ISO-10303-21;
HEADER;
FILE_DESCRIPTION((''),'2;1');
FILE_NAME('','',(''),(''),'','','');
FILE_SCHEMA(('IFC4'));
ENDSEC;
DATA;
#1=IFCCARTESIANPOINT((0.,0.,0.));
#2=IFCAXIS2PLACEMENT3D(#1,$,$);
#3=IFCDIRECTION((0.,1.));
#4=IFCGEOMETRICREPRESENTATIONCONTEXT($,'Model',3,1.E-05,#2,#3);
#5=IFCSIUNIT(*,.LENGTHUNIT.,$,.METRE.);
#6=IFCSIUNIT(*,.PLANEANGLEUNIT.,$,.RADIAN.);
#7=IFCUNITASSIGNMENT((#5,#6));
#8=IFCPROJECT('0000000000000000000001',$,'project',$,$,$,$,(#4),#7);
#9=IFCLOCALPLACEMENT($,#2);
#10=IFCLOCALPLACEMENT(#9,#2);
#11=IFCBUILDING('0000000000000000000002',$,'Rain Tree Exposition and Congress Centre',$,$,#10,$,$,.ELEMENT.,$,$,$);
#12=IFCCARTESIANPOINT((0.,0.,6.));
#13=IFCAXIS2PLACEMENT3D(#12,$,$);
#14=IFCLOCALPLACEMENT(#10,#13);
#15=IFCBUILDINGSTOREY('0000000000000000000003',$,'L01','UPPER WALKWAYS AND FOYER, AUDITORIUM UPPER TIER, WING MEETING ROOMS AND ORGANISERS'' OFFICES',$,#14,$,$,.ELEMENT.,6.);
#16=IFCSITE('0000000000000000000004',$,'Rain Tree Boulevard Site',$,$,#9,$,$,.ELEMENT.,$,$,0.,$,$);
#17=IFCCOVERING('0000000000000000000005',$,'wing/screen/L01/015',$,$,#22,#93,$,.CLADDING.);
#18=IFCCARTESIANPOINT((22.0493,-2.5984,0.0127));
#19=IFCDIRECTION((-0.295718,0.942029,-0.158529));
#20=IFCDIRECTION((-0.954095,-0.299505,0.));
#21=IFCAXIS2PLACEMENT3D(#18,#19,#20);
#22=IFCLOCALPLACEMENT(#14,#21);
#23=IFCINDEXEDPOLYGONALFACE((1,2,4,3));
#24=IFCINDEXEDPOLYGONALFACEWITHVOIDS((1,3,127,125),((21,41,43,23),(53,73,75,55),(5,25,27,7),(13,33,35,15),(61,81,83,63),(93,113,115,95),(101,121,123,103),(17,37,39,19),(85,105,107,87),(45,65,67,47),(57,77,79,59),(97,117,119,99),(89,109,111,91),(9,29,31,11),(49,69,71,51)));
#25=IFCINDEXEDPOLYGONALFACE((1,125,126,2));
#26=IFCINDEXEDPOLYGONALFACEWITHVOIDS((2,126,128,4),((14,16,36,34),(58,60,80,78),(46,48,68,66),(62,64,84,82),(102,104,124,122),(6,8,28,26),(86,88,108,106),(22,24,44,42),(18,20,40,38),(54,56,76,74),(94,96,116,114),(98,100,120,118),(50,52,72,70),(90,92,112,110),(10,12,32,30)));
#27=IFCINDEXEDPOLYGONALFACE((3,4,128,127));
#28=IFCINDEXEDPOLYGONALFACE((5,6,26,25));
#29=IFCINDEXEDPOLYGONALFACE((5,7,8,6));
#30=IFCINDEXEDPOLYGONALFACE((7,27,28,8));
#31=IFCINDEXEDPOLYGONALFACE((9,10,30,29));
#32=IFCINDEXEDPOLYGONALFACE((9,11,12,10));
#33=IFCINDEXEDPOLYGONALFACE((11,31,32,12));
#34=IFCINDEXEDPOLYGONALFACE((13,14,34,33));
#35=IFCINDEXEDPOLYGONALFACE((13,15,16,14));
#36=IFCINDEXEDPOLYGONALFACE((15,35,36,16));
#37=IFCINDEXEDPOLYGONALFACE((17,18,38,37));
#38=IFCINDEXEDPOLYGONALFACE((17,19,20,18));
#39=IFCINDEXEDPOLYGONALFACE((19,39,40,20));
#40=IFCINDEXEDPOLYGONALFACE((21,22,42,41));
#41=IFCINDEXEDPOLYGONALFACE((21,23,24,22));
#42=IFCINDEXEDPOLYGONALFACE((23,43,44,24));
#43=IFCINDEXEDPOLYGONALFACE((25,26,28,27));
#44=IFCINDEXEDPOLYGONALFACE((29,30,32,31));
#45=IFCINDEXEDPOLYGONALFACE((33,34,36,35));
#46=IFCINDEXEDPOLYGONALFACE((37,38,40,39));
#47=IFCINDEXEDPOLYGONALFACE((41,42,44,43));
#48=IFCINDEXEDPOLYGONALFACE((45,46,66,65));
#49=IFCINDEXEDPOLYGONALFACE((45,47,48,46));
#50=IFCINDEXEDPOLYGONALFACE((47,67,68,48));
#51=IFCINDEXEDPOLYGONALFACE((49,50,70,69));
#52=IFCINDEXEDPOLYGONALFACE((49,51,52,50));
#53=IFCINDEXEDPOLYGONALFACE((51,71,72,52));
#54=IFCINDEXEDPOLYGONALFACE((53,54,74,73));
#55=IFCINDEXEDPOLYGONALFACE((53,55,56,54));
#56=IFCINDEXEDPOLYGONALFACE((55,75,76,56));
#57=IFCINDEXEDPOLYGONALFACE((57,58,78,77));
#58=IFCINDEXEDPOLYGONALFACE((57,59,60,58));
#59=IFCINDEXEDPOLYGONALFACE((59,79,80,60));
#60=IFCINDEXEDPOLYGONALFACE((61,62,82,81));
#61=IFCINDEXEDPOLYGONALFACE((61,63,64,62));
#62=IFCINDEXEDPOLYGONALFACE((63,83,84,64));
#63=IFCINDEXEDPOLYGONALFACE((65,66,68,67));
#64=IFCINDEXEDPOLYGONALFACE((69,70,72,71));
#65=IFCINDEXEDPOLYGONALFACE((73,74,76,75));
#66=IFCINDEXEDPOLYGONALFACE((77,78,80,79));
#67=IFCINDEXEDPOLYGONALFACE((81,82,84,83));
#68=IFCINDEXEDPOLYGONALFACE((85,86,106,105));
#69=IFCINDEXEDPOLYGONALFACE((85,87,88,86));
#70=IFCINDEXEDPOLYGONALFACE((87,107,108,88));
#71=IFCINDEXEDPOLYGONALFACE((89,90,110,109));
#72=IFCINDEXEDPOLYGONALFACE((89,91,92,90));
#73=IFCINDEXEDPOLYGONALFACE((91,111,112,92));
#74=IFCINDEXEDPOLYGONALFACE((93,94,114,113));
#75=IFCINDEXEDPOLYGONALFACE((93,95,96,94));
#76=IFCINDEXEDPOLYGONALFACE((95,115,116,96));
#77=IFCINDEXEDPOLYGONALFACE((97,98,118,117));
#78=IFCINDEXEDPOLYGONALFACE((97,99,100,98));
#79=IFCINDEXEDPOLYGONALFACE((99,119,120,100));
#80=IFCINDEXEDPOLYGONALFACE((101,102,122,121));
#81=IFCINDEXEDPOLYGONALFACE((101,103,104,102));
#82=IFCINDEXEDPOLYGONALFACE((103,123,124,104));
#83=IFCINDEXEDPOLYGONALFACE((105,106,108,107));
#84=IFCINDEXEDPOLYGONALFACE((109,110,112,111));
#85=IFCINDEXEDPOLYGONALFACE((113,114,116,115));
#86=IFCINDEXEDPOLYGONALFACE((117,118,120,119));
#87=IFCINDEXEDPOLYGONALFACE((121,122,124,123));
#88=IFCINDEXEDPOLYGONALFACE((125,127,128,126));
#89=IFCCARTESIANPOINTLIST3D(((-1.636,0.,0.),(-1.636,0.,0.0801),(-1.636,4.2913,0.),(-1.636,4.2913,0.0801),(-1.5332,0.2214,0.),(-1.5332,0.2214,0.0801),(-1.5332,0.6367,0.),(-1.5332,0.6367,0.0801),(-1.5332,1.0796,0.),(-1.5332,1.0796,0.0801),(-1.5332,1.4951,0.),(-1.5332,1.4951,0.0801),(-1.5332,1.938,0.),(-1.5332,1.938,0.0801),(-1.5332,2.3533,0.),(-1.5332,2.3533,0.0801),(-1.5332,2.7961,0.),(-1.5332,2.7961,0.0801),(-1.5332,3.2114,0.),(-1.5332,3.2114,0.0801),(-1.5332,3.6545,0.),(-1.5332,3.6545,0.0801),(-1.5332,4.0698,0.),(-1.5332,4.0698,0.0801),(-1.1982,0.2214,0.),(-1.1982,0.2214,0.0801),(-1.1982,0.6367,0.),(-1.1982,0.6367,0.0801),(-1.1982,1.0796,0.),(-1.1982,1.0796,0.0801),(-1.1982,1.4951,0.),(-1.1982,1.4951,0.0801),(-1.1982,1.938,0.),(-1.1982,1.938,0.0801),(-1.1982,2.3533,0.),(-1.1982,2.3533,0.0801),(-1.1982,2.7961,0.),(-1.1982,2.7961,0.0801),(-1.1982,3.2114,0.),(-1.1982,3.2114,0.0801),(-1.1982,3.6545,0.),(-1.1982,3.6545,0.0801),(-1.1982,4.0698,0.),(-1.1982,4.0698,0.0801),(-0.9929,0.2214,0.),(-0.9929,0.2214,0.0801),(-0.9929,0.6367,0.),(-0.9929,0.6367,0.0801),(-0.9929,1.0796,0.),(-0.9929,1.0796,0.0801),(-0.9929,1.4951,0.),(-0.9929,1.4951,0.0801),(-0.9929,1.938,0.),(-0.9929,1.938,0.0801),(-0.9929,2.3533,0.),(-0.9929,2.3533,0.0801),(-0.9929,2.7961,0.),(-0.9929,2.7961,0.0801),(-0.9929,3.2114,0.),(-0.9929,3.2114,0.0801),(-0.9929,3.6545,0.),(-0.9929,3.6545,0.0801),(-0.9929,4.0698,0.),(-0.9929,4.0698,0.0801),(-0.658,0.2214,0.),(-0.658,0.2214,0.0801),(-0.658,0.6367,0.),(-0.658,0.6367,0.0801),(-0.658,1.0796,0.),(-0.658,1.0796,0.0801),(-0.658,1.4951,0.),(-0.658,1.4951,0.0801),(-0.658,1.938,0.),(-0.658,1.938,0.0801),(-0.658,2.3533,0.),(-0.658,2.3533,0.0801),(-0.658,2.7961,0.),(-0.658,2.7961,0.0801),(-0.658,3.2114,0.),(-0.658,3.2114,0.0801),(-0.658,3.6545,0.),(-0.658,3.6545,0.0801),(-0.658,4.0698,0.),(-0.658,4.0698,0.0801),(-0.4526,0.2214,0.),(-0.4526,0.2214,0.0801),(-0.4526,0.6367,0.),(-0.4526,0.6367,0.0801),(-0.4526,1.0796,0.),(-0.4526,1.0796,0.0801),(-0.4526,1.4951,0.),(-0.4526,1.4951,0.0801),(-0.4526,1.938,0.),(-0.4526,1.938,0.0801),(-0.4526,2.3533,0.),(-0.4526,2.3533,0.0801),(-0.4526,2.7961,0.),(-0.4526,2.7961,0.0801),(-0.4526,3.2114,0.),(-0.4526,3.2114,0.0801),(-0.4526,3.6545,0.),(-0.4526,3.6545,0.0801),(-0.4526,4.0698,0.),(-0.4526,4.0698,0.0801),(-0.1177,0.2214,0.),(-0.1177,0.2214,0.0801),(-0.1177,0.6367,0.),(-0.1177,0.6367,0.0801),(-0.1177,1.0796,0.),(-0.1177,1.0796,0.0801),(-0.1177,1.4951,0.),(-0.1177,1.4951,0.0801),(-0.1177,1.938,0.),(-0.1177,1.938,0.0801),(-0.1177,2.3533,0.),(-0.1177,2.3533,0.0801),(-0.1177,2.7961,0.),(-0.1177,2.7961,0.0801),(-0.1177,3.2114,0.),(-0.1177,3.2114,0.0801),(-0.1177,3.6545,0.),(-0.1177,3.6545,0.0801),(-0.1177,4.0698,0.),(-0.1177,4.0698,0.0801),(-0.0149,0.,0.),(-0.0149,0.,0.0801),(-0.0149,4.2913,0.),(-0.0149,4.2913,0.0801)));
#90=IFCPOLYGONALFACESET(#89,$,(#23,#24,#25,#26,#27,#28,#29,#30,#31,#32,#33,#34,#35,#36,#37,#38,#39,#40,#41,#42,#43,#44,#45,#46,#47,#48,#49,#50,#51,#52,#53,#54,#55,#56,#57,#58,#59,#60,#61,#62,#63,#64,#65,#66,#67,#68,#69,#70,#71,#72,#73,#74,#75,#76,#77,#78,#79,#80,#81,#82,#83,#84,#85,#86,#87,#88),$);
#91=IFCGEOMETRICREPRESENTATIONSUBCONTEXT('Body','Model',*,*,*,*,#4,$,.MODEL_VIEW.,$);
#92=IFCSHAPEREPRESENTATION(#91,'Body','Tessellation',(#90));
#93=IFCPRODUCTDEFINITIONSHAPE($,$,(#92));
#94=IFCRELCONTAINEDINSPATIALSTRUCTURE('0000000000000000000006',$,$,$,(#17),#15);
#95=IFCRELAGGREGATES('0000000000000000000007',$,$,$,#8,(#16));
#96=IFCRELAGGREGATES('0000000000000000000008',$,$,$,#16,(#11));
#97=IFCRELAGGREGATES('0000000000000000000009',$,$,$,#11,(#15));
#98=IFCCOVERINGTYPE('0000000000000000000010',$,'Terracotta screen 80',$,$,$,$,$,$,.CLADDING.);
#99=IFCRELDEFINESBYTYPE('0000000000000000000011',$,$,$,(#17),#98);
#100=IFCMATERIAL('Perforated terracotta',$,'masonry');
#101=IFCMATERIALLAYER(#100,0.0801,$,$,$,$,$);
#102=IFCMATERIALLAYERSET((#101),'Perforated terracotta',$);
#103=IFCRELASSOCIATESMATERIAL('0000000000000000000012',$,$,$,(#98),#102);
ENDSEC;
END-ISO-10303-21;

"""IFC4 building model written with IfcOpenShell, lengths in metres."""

from ifc_helpers import new_model, si_unit, direction, frame, origin, place, context, subcontext, project, spatial, polyline, outline, extrude, material, layer, layer_set, type_object, element, save


model = new_model("IFC4")

# Units and contexts
model_context = context("Model", 3, precision=1e-05, world=origin(), true_north=direction((0.0, 1.0)))
body_context = subcontext(model_context, "Body", "Model", "MODEL_VIEW")
ifc_project = project(units=[si_unit("LENGTHUNIT", "METRE"), si_unit("PLANEANGLEUNIT", "RADIAN")], contexts=[model_context])

# Site, building, storey
site_placement = place(None, origin())
site = spatial("IfcSite", under=ifc_project, at=site_placement, Name="Rain Tree Boulevard Site", CompositionType="ELEMENT", RefElevation=0.0)
building_placement = place(site_placement, origin())
building = spatial("IfcBuilding", under=site, at=building_placement, Name="Rain Tree Exposition and Congress Centre", CompositionType="ELEMENT")
storey_placement = place(building_placement, frame((0.0, 0.0, 6.0)))
storey = spatial("IfcBuildingStorey", under=building, at=storey_placement, Name="L01", Description="UPPER WALKWAYS AND FOYER, AUDITORIUM UPPER TIER, WING MEETING ROOMS AND ORGANISERS' OFFICES", CompositionType="ELEMENT", Elevation=6.0)

# Covering
ifc_material_1 = material(Name="Perforated terracotta", Category="masonry")
ifc_layer_1 = layer(ifc_material_1, 0.0801)
ifc_layer_set_1 = layer_set([ifc_layer_1], Name="Perforated terracotta")
covering_type = type_object("IfcCoveringType", Name="Terracotta screen 80", PredefinedType="CLADDING", material=ifc_layer_set_1)
covering_1_placement = place(storey_placement, frame((22.0493, -2.5984, 0.0127), z_axis=(-0.295718, 0.942029, -0.158529), x_axis=(-0.954095, -0.299505, 0.0)))
element("IfcCovering", 1, at=covering_1_placement, inside=storey, type_object=covering_type, Name="wing/screen/L01/015", PredefinedType="CLADDING", context=body_context, shape_type="SweptSolid", body=[
    extrude(outline(polyline([(-1.636, 0.0), (-1.636, 4.2913), (-0.0149, 4.2913), (-0.0149, 0.0), (-1.636, 0.0)]), holes=[polyline([(-0.1177, 0.2214), (-0.1177, 0.6367), (-0.4526, 0.6367), (-0.4526, 0.2214), (-0.1177, 0.2214)]), polyline([(-0.1177, 1.0796), (-0.1177, 1.4951), (-0.4526, 1.4951), (-0.4526, 1.0796), (-0.1177, 1.0796)]), polyline([(-0.1177, 1.938), (-0.1177, 2.3533), (-0.4526, 2.3533), (-0.4526, 1.938), (-0.1177, 1.938)]), polyline([(-0.1177, 2.7961), (-0.1177, 3.2114), (-0.4526, 3.2114), (-0.4526, 2.7961), (-0.1177, 2.7961)]), polyline([(-0.1177, 3.6545), (-0.1177, 4.0698), (-0.4526, 4.0698), (-0.4526, 3.6545), (-0.1177, 3.6545)]), polyline([(-0.658, 0.2214), (-0.658, 0.6367), (-0.9929, 0.6367), (-0.9929, 0.2214), (-0.658, 0.2214)]), polyline([(-0.658, 1.0796), (-0.658, 1.4951), (-0.9929, 1.4951), (-0.9929, 1.0796), (-0.658, 1.0796)]), polyline([(-0.658, 1.938), (-0.658, 2.3533), (-0.9929, 2.3533), (-0.9929, 1.938), (-0.658, 1.938)]), polyline([(-0.658, 2.7961), (-0.658, 3.2114), (-0.9929, 3.2114), (-0.9929, 2.7961), (-0.658, 2.7961)]), polyline([(-0.658, 3.6545), (-0.658, 4.0698), (-0.9929, 4.0698), (-0.9929, 3.6545), (-0.658, 3.6545)]), polyline([(-1.1982, 0.2214), (-1.1982, 0.6367), (-1.5332, 0.6367), (-1.5332, 0.2214), (-1.1982, 0.2214)]), polyline([(-1.1982, 1.0796), (-1.1982, 1.4951), (-1.5332, 1.4951), (-1.5332, 1.0796), (-1.1982, 1.0796)]), polyline([(-1.1982, 1.938), (-1.1982, 2.3533), (-1.5332, 2.3533), (-1.5332, 1.938), (-1.1982, 1.938)]), polyline([(-1.1982, 2.7961), (-1.1982, 3.2114), (-1.5332, 3.2114), (-1.5332, 2.7961), (-1.1982, 2.7961)]), polyline([(-1.1982, 3.6545), (-1.1982, 4.0698), (-1.5332, 4.0698), (-1.5332, 3.6545), (-1.1982, 3.6545)])]), origin(), (0.0, 0.0, 1.0), 0.0801),
])

save(model, "model.ifc")
